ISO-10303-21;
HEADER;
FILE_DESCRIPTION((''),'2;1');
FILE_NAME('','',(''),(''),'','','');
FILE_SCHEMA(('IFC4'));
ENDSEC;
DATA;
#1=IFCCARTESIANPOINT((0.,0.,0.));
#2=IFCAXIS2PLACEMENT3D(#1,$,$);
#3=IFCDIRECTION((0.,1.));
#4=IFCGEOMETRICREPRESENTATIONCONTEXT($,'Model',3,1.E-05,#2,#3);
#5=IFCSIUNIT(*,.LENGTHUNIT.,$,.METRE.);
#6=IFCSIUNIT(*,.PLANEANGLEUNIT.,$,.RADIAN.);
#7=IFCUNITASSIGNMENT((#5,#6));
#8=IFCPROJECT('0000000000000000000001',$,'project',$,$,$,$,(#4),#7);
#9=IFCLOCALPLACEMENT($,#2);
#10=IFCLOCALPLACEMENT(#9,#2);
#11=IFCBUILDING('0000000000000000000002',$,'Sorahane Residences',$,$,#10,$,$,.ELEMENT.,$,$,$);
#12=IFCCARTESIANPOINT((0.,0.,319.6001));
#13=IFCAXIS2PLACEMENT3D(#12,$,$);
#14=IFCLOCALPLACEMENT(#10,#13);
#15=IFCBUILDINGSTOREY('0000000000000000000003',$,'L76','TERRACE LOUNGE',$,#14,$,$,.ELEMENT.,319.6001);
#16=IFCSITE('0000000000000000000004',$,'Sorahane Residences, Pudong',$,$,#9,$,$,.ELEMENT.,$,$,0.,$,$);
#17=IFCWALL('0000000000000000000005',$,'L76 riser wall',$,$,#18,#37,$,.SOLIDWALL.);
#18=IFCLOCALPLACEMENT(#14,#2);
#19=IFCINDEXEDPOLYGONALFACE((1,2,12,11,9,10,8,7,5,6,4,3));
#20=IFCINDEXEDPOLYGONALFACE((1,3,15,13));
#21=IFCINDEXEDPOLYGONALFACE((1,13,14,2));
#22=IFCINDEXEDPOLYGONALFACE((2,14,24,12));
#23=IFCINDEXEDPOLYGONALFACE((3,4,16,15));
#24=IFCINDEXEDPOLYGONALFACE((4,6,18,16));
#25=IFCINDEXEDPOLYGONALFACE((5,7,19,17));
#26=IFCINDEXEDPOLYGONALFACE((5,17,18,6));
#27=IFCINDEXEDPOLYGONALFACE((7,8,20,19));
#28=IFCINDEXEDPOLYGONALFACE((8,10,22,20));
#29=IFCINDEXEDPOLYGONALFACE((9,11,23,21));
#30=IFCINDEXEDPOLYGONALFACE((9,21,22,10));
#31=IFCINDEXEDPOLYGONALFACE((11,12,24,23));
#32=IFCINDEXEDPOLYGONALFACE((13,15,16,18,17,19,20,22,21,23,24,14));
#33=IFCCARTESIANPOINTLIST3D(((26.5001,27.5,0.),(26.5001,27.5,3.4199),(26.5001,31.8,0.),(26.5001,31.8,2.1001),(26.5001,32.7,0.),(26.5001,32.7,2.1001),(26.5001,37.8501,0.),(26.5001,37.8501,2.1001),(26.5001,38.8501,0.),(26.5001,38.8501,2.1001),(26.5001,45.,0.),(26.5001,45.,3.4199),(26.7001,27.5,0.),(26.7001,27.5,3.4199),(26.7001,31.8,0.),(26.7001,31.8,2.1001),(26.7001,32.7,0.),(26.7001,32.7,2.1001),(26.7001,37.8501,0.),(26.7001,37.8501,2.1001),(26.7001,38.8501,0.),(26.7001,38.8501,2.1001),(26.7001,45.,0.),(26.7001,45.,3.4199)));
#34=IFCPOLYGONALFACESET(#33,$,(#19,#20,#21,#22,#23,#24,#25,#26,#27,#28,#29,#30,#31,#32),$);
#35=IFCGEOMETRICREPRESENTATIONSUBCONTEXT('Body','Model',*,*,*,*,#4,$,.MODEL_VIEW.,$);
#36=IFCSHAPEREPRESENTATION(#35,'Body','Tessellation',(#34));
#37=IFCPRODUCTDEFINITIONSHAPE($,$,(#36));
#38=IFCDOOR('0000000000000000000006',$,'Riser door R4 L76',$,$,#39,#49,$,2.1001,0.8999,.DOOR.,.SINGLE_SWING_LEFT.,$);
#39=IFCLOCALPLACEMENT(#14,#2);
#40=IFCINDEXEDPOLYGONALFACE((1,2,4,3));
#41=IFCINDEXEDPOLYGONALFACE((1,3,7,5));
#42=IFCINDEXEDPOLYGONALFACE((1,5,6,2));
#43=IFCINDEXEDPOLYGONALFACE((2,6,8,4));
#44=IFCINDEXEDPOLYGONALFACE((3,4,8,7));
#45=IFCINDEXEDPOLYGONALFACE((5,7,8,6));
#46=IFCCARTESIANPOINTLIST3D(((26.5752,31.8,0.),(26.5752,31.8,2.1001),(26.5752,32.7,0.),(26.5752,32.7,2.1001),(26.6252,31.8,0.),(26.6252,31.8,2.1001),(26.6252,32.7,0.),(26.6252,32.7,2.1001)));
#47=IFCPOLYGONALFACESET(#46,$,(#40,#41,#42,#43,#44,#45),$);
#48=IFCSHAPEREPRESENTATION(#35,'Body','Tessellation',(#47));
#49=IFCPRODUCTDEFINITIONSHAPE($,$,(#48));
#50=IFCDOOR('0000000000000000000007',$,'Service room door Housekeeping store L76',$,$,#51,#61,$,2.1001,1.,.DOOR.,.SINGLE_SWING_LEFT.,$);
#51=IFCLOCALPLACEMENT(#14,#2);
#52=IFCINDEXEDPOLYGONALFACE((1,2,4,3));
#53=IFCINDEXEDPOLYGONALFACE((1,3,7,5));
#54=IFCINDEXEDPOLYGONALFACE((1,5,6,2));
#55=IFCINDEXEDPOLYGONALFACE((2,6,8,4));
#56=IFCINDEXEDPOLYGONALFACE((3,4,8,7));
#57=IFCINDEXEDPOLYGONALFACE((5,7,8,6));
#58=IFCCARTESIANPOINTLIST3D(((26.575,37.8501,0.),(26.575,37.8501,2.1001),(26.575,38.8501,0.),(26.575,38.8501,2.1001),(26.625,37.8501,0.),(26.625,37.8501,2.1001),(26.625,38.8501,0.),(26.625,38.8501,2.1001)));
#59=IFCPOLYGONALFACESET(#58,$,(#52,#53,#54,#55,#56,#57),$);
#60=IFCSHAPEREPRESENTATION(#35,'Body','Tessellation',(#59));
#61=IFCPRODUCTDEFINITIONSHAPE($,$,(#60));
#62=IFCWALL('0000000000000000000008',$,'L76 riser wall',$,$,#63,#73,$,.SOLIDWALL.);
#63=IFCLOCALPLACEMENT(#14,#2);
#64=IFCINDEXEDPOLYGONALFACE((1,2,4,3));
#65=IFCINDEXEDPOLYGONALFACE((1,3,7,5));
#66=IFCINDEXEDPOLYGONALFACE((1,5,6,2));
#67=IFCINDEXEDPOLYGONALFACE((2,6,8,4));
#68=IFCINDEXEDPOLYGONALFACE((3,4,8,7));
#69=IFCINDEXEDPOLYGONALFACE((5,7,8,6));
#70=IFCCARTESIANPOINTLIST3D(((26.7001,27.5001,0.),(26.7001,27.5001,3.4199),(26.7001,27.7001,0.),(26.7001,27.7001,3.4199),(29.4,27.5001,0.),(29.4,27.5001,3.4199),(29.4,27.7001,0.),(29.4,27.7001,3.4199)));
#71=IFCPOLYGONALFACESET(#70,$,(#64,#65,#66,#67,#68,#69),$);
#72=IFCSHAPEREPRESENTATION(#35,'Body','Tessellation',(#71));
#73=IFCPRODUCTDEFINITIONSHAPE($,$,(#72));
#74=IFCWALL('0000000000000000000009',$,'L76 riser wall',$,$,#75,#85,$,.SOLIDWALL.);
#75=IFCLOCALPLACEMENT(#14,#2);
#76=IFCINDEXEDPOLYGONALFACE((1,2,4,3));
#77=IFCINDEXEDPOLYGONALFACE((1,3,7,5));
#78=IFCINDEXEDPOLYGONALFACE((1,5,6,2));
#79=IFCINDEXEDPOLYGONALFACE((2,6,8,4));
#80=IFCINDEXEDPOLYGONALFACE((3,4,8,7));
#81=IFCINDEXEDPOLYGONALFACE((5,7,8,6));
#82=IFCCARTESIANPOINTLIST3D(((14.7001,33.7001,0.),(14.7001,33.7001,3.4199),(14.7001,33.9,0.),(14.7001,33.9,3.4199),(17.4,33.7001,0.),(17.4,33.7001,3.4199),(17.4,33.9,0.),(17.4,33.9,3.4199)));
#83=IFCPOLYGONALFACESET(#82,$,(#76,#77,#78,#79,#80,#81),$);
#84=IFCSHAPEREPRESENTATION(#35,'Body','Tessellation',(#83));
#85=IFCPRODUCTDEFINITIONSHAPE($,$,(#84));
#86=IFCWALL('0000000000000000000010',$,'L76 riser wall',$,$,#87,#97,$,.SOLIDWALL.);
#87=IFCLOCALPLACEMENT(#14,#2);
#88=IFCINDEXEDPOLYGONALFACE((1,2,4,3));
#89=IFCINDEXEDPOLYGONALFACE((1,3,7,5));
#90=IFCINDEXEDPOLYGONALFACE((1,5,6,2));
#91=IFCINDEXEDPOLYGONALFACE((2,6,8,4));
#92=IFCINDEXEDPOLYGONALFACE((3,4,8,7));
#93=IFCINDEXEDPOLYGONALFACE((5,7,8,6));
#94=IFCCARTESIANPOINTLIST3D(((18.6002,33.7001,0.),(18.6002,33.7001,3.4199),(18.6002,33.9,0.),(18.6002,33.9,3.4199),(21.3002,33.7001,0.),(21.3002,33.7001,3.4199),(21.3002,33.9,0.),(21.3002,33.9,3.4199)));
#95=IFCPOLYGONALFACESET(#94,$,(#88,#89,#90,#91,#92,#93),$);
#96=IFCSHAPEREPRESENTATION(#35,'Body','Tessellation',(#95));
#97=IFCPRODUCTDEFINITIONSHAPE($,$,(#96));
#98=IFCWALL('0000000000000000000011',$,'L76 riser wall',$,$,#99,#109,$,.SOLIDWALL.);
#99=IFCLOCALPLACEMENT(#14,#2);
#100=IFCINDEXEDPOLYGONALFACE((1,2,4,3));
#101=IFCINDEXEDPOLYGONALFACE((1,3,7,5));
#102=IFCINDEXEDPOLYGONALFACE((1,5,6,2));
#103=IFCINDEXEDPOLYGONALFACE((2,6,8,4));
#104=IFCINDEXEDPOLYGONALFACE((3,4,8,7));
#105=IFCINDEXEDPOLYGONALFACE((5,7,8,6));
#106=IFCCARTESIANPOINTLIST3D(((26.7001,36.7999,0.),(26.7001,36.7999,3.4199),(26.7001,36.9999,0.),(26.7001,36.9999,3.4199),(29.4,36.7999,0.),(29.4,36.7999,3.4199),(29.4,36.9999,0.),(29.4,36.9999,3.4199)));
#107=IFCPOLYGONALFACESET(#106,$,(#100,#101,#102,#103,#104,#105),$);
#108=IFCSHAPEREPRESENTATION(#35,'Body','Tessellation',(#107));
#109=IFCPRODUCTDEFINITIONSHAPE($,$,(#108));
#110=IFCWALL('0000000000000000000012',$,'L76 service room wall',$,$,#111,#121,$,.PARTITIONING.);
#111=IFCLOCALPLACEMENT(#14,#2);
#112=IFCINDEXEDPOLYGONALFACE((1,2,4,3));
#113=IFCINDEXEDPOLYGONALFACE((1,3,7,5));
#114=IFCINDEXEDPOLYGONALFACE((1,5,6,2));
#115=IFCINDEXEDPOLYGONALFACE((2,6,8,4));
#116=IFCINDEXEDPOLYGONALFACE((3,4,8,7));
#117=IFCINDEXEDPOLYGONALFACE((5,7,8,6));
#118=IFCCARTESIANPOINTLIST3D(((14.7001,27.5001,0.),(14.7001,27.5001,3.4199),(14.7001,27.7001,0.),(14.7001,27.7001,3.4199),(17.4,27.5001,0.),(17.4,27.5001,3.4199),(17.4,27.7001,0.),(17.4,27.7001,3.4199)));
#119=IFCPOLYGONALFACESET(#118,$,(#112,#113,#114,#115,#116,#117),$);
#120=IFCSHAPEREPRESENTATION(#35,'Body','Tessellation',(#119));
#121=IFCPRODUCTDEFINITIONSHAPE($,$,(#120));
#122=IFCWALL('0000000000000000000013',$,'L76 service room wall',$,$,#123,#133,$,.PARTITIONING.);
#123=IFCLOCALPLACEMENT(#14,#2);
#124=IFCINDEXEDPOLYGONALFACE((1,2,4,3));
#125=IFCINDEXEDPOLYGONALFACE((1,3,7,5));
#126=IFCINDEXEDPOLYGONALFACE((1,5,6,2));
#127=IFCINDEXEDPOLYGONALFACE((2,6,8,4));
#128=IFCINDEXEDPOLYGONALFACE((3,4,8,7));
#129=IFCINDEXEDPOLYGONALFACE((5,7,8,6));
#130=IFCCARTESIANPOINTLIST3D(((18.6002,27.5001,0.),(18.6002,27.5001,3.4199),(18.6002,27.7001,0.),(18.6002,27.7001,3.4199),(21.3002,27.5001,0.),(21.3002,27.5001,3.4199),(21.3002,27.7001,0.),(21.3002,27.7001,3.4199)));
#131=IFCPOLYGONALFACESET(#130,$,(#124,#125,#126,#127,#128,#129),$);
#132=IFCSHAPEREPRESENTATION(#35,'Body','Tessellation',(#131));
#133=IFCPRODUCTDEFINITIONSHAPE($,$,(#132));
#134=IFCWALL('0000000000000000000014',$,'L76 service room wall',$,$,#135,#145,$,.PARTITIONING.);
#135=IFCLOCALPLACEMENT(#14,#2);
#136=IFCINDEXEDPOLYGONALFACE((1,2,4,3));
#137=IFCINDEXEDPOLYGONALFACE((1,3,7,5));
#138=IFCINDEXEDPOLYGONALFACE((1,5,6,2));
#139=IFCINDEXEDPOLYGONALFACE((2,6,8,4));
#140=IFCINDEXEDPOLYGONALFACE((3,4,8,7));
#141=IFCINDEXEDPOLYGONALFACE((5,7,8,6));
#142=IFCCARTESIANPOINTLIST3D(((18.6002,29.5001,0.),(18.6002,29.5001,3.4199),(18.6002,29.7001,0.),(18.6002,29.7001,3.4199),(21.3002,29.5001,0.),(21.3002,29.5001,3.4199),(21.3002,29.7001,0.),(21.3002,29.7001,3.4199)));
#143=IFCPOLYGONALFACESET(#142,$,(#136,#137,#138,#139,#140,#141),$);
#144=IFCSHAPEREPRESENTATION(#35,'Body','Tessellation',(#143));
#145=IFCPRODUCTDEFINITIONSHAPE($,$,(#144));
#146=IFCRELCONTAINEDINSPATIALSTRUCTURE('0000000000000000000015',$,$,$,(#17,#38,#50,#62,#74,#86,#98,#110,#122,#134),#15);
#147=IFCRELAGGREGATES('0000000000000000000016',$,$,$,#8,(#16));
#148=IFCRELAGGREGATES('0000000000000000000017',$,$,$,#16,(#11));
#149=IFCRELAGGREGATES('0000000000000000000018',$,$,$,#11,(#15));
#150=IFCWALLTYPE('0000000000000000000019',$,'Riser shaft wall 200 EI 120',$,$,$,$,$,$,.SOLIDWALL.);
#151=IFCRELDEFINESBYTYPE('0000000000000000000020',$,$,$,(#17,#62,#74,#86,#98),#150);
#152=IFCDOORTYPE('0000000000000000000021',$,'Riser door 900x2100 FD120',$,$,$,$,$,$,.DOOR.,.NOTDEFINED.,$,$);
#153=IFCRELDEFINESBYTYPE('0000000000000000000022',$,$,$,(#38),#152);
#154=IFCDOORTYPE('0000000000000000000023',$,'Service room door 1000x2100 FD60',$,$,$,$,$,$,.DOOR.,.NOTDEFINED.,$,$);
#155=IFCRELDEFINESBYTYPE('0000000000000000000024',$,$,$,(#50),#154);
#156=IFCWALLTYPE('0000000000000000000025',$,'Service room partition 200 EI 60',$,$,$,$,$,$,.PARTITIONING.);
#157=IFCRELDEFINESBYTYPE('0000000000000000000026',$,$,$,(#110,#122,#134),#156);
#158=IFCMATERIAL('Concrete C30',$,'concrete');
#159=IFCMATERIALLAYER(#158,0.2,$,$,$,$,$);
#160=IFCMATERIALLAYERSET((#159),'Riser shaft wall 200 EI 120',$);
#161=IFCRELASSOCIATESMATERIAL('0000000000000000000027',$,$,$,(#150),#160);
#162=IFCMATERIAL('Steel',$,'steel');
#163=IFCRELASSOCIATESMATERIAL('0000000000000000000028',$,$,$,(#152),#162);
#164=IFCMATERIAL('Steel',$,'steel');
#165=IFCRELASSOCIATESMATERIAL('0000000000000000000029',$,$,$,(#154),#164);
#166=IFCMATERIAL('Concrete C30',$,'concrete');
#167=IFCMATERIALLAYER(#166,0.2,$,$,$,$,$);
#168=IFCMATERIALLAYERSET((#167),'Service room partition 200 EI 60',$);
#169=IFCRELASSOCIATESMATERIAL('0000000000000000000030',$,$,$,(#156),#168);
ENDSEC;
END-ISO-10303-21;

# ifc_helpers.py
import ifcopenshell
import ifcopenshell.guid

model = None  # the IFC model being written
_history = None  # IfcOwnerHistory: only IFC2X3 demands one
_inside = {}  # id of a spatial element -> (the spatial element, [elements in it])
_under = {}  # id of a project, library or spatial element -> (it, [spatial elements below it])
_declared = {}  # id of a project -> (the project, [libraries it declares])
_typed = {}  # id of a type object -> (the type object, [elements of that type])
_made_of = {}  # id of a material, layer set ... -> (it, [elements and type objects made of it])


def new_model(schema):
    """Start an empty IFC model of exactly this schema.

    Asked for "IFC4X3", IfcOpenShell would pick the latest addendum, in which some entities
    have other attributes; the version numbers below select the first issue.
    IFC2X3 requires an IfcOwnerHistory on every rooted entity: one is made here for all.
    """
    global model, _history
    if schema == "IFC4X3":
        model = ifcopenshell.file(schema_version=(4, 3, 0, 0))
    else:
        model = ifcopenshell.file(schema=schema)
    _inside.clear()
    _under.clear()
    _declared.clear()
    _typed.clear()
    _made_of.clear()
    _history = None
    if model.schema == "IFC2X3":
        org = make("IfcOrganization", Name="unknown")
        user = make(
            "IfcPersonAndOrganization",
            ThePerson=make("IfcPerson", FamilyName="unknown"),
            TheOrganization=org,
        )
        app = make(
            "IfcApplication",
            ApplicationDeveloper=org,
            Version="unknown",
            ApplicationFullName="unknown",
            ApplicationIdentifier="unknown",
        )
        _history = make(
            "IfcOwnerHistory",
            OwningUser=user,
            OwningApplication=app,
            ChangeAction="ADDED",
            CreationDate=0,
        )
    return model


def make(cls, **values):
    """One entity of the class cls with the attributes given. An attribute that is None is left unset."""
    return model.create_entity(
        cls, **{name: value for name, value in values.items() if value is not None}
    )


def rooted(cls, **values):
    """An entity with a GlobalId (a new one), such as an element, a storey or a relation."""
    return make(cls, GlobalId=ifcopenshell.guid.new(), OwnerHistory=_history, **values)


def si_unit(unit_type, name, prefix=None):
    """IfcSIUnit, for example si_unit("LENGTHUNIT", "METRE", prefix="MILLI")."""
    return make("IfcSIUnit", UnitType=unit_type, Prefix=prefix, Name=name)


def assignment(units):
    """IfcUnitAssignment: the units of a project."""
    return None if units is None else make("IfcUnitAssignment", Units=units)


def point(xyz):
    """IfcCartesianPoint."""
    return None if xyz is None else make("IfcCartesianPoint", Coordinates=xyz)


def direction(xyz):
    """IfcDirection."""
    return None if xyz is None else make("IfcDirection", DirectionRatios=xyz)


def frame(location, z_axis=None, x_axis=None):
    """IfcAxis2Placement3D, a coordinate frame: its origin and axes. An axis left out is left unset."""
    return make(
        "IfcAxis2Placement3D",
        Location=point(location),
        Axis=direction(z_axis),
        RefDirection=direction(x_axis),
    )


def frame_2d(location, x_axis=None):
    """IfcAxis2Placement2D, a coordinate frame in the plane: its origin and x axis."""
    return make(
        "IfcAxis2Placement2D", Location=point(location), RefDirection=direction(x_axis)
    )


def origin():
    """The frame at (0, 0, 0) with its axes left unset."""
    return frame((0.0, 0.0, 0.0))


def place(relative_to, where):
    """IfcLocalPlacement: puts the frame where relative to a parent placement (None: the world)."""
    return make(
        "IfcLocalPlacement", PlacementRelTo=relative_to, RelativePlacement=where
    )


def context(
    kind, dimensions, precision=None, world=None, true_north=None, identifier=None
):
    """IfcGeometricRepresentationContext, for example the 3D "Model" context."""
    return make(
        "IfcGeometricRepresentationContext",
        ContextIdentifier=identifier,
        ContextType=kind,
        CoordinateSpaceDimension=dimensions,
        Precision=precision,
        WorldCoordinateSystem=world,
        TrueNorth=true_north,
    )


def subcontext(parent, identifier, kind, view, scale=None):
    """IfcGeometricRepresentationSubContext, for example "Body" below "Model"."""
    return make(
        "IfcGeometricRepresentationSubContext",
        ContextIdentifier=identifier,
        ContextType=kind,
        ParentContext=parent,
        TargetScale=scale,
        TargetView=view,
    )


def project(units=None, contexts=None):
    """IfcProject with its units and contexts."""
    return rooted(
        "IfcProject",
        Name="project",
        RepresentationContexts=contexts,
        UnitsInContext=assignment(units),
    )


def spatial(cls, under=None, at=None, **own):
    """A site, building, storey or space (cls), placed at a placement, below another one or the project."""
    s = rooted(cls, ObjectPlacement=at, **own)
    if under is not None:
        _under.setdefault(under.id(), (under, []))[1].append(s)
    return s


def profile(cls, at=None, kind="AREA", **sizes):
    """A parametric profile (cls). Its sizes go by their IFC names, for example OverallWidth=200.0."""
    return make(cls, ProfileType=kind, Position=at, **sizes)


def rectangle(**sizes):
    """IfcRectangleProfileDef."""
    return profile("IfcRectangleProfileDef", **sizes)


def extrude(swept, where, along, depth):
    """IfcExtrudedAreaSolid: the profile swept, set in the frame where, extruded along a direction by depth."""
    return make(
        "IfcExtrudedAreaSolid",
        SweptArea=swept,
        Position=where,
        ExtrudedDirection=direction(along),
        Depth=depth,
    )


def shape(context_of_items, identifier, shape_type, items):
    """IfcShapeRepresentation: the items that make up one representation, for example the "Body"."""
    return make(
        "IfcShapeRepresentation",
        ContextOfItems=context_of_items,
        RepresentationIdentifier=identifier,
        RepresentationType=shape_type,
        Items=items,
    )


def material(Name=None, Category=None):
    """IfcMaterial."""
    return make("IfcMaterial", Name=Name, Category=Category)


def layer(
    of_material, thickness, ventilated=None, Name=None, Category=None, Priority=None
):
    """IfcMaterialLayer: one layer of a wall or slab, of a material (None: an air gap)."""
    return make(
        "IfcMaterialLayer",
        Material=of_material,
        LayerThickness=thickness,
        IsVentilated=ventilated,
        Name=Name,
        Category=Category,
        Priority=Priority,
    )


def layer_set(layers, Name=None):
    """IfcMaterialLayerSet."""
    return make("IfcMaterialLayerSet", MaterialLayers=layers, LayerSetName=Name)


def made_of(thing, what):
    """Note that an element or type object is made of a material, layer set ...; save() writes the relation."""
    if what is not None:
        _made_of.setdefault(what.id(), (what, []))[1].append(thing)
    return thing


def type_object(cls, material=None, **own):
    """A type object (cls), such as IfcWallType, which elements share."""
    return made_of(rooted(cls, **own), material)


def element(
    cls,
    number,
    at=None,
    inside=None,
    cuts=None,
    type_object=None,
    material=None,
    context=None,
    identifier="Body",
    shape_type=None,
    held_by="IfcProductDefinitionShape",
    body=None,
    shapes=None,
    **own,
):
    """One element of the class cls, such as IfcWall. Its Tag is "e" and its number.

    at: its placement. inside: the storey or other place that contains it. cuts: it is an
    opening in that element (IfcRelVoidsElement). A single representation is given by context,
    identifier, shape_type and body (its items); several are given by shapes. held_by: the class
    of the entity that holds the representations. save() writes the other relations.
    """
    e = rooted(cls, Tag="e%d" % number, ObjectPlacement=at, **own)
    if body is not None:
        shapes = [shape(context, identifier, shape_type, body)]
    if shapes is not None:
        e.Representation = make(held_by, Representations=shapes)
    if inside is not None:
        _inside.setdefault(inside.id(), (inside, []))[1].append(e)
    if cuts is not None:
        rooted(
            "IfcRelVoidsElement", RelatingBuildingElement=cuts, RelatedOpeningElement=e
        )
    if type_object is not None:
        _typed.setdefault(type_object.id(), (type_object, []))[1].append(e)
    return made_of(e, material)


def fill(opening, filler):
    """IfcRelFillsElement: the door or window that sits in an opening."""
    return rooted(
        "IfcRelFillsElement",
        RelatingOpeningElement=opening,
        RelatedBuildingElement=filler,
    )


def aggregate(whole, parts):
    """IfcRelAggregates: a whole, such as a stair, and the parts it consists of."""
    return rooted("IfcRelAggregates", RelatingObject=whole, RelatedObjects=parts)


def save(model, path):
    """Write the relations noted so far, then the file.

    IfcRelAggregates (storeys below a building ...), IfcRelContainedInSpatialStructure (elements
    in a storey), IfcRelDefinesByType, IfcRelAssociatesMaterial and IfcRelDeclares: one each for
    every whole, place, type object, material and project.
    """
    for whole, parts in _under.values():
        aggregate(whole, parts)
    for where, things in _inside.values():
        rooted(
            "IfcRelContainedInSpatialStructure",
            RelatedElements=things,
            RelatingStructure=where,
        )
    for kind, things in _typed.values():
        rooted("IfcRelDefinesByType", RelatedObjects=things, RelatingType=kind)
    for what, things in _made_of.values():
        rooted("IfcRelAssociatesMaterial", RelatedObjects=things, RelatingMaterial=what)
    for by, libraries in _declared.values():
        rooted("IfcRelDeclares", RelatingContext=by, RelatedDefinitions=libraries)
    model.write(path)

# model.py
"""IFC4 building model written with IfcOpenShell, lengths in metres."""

from ifc_helpers import new_model, si_unit, direction, frame, frame_2d, origin, place, context, subcontext, project, spatial, rectangle, extrude, material, layer, layer_set, type_object, element, fill, save


model = new_model("IFC4")

# Units and contexts
model_context = context("Model", 3, precision=1e-05, world=origin(), true_north=direction((0.0, 1.0)))
body_context = subcontext(model_context, "Body", "Model", "MODEL_VIEW")
ifc_project = project(units=[si_unit("LENGTHUNIT", "METRE"), si_unit("PLANEANGLEUNIT", "RADIAN")], contexts=[model_context])

# Site, building, storey
site_placement = place(None, origin())
site = spatial("IfcSite", under=ifc_project, at=site_placement, Name="Sorahane Residences, Pudong", CompositionType="ELEMENT", RefElevation=0.0)
building_placement = place(site_placement, origin())
building = spatial("IfcBuilding", under=site, at=building_placement, Name="Sorahane Residences", CompositionType="ELEMENT")
storey_placement = place(building_placement, frame((0.0, 0.0, 319.6001)))
storey = spatial("IfcBuildingStorey", under=building, at=storey_placement, Name="L76", Description="TERRACE LOUNGE", CompositionType="ELEMENT", Elevation=319.6001)

# Wall, openings, doors
ifc_material_1 = material(Name="Concrete C30", Category="concrete")
ifc_layer_1 = layer(ifc_material_1, 0.2)
ifc_layer_set_1 = layer_set([ifc_layer_1], Name="Riser shaft wall 200 EI 120")
wall_type_1 = type_object("IfcWallType", Name="Riser shaft wall 200 EI 120", PredefinedType="SOLIDWALL", material=ifc_layer_set_1)
wall_1_placement = place(storey_placement, frame((26.6001, 27.5, 0.0), z_axis=(0.0, 0.0, 1.0), x_axis=(0.0, 1.0, 0.0)))
wall_1 = element("IfcWall", 1, at=wall_1_placement, inside=storey, type_object=wall_type_1, Name="L76 riser wall", PredefinedType="SOLIDWALL", context=body_context, shape_type="SweptSolid", body=[
    extrude(rectangle(XDim=17.5, YDim=0.2, at=frame_2d((8.75, 0.0))), origin(), (0.0, 0.0, 1.0), 3.4199),
])
opening_1_placement = place(wall_1_placement, frame((4.3, 0.0, 0.0)))
opening_1 = element("IfcOpeningElement", 2, at=opening_1_placement, cuts=wall_1, PredefinedType="OPENING", context=body_context, shape_type="SweptSolid", body=[
    extrude(rectangle(XDim=0.8999, YDim=2.1001, at=frame_2d((0.45, 1.05))), frame((0.0, 0.1099, 0.0), z_axis=(0.0, -1.0, 0.0), x_axis=(1.0, 0.0, 0.0)), (0.0, 0.0, 1.0), 0.22),
])
opening_2_placement = place(wall_1_placement, frame((10.3501, 0.0, 0.0)))
opening_2 = element("IfcOpeningElement", 3, at=opening_2_placement, cuts=wall_1, PredefinedType="OPENING", context=body_context, shape_type="SweptSolid", body=[
    extrude(rectangle(XDim=1.0, YDim=2.1001, at=frame_2d((0.5, 1.05))), frame((0.0, 0.1099, 0.0), z_axis=(0.0, -1.0, 0.0), x_axis=(1.0, 0.0, 0.0)), (0.0, 0.0, 1.0), 0.22),
])
ifc_material_2 = material(Name="Steel", Category="steel")
door_type_1 = type_object("IfcDoorType", Name="Riser door 900x2100 FD120", OperationType="NOTDEFINED", PredefinedType="DOOR", material=ifc_material_2)
door_1_placement = place(opening_1_placement, origin())
door_1 = element("IfcDoor", 4, at=door_1_placement, inside=storey, type_object=door_type_1, Name="Riser door R4 L76", OperationType="SINGLE_SWING_LEFT", OverallHeight=2.1001, OverallWidth=0.8999, PredefinedType="DOOR", context=body_context, shape_type="SweptSolid", body=[
    extrude(rectangle(XDim=0.8999, YDim=2.1001, at=frame_2d((0.45, 1.05))), frame((0.0, 0.0249, 0.0), z_axis=(0.0, -1.0, 0.0), x_axis=(1.0, 0.0, 0.0)), (0.0, 0.0, 1.0), 0.05),
])
fill(opening_1, door_1)
ifc_material_3 = material(Name="Steel", Category="steel")
door_type_2 = type_object("IfcDoorType", Name="Service room door 1000x2100 FD60", OperationType="NOTDEFINED", PredefinedType="DOOR", material=ifc_material_3)
door_2_placement = place(opening_2_placement, frame((1.0, 0.0, 0.0), z_axis=(0.0, 0.0, 1.0), x_axis=(-1.0, 0.0, 0.0)))
door_2 = element("IfcDoor", 5, at=door_2_placement, inside=storey, type_object=door_type_2, Name="Service room door Housekeeping store L76", OperationType="SINGLE_SWING_LEFT", OverallHeight=2.1001, OverallWidth=1.0, PredefinedType="DOOR", context=body_context, shape_type="SweptSolid", body=[
    extrude(rectangle(XDim=1.0, YDim=2.1001, at=frame_2d((0.5, 1.05))), frame((0.0, 0.0249, 0.0), z_axis=(0.0, -1.0, 0.0), x_axis=(1.0, 0.0, 0.0)), (0.0, 0.0, 1.0), 0.05),
])
fill(opening_2, door_2)

# Walls
for number, where, z_axis, x_axis, name in (
    (6, (26.7, 27.6001, 0.0), (0.0, 0.0, 1.0), (1.0, 0.0, 0.0), "L76 riser wall"),
    (7, (14.7, 33.8, 0.0), (0.0, 0.0, 1.0), (1.0, 0.0, 0.0), "L76 riser wall"),
    (8, (18.6001, 33.8, 0.0), (0.0, 0.0, 1.0), (1.0, 0.0, 0.0), "L76 riser wall"),
    (9, (26.7, 36.8999, 0.0), (0.0, 0.0, 1.0), (1.0, 0.0, 0.0), "L76 riser wall"),
):
    element("IfcWall", number, at=place(storey_placement, frame(where, z_axis=z_axis, x_axis=x_axis)), inside=storey, type_object=wall_type_1, Name=name, PredefinedType="SOLIDWALL", context=body_context, shape_type="SweptSolid", body=[
        extrude(rectangle(XDim=2.7, YDim=0.2, at=frame_2d((1.3501, 0.0))), origin(), (0.0, 0.0, 1.0), 3.4199),
    ])
ifc_material_4 = material(Name="Concrete C30", Category="concrete")
ifc_layer_2 = layer(ifc_material_4, 0.2)
ifc_layer_set_2 = layer_set([ifc_layer_2], Name="Service room partition 200 EI 60")
wall_type_2 = type_object("IfcWallType", Name="Service room partition 200 EI 60", PredefinedType="PARTITIONING", material=ifc_layer_set_2)
for number, where, z_axis, x_axis, name in (
    (10, (14.7, 27.6001, 0.0), (0.0, 0.0, 1.0), (1.0, 0.0, 0.0), "L76 service room wall"),
    (11, (18.6001, 27.6001, 0.0), (0.0, 0.0, 1.0), (1.0, 0.0, 0.0), "L76 service room wall"),
    (12, (18.6001, 29.6001, 0.0), (0.0, 0.0, 1.0), (1.0, 0.0, 0.0), "L76 service room wall"),
):
    element("IfcWall", number, at=place(storey_placement, frame(where, z_axis=z_axis, x_axis=x_axis)), inside=storey, type_object=wall_type_2, Name=name, PredefinedType="PARTITIONING", context=body_context, shape_type="SweptSolid", body=[
        extrude(rectangle(XDim=2.7, YDim=0.2, at=frame_2d((1.3501, 0.0))), origin(), (0.0, 0.0, 1.0), 3.4199),
    ])

save(model, "model.ifc")
